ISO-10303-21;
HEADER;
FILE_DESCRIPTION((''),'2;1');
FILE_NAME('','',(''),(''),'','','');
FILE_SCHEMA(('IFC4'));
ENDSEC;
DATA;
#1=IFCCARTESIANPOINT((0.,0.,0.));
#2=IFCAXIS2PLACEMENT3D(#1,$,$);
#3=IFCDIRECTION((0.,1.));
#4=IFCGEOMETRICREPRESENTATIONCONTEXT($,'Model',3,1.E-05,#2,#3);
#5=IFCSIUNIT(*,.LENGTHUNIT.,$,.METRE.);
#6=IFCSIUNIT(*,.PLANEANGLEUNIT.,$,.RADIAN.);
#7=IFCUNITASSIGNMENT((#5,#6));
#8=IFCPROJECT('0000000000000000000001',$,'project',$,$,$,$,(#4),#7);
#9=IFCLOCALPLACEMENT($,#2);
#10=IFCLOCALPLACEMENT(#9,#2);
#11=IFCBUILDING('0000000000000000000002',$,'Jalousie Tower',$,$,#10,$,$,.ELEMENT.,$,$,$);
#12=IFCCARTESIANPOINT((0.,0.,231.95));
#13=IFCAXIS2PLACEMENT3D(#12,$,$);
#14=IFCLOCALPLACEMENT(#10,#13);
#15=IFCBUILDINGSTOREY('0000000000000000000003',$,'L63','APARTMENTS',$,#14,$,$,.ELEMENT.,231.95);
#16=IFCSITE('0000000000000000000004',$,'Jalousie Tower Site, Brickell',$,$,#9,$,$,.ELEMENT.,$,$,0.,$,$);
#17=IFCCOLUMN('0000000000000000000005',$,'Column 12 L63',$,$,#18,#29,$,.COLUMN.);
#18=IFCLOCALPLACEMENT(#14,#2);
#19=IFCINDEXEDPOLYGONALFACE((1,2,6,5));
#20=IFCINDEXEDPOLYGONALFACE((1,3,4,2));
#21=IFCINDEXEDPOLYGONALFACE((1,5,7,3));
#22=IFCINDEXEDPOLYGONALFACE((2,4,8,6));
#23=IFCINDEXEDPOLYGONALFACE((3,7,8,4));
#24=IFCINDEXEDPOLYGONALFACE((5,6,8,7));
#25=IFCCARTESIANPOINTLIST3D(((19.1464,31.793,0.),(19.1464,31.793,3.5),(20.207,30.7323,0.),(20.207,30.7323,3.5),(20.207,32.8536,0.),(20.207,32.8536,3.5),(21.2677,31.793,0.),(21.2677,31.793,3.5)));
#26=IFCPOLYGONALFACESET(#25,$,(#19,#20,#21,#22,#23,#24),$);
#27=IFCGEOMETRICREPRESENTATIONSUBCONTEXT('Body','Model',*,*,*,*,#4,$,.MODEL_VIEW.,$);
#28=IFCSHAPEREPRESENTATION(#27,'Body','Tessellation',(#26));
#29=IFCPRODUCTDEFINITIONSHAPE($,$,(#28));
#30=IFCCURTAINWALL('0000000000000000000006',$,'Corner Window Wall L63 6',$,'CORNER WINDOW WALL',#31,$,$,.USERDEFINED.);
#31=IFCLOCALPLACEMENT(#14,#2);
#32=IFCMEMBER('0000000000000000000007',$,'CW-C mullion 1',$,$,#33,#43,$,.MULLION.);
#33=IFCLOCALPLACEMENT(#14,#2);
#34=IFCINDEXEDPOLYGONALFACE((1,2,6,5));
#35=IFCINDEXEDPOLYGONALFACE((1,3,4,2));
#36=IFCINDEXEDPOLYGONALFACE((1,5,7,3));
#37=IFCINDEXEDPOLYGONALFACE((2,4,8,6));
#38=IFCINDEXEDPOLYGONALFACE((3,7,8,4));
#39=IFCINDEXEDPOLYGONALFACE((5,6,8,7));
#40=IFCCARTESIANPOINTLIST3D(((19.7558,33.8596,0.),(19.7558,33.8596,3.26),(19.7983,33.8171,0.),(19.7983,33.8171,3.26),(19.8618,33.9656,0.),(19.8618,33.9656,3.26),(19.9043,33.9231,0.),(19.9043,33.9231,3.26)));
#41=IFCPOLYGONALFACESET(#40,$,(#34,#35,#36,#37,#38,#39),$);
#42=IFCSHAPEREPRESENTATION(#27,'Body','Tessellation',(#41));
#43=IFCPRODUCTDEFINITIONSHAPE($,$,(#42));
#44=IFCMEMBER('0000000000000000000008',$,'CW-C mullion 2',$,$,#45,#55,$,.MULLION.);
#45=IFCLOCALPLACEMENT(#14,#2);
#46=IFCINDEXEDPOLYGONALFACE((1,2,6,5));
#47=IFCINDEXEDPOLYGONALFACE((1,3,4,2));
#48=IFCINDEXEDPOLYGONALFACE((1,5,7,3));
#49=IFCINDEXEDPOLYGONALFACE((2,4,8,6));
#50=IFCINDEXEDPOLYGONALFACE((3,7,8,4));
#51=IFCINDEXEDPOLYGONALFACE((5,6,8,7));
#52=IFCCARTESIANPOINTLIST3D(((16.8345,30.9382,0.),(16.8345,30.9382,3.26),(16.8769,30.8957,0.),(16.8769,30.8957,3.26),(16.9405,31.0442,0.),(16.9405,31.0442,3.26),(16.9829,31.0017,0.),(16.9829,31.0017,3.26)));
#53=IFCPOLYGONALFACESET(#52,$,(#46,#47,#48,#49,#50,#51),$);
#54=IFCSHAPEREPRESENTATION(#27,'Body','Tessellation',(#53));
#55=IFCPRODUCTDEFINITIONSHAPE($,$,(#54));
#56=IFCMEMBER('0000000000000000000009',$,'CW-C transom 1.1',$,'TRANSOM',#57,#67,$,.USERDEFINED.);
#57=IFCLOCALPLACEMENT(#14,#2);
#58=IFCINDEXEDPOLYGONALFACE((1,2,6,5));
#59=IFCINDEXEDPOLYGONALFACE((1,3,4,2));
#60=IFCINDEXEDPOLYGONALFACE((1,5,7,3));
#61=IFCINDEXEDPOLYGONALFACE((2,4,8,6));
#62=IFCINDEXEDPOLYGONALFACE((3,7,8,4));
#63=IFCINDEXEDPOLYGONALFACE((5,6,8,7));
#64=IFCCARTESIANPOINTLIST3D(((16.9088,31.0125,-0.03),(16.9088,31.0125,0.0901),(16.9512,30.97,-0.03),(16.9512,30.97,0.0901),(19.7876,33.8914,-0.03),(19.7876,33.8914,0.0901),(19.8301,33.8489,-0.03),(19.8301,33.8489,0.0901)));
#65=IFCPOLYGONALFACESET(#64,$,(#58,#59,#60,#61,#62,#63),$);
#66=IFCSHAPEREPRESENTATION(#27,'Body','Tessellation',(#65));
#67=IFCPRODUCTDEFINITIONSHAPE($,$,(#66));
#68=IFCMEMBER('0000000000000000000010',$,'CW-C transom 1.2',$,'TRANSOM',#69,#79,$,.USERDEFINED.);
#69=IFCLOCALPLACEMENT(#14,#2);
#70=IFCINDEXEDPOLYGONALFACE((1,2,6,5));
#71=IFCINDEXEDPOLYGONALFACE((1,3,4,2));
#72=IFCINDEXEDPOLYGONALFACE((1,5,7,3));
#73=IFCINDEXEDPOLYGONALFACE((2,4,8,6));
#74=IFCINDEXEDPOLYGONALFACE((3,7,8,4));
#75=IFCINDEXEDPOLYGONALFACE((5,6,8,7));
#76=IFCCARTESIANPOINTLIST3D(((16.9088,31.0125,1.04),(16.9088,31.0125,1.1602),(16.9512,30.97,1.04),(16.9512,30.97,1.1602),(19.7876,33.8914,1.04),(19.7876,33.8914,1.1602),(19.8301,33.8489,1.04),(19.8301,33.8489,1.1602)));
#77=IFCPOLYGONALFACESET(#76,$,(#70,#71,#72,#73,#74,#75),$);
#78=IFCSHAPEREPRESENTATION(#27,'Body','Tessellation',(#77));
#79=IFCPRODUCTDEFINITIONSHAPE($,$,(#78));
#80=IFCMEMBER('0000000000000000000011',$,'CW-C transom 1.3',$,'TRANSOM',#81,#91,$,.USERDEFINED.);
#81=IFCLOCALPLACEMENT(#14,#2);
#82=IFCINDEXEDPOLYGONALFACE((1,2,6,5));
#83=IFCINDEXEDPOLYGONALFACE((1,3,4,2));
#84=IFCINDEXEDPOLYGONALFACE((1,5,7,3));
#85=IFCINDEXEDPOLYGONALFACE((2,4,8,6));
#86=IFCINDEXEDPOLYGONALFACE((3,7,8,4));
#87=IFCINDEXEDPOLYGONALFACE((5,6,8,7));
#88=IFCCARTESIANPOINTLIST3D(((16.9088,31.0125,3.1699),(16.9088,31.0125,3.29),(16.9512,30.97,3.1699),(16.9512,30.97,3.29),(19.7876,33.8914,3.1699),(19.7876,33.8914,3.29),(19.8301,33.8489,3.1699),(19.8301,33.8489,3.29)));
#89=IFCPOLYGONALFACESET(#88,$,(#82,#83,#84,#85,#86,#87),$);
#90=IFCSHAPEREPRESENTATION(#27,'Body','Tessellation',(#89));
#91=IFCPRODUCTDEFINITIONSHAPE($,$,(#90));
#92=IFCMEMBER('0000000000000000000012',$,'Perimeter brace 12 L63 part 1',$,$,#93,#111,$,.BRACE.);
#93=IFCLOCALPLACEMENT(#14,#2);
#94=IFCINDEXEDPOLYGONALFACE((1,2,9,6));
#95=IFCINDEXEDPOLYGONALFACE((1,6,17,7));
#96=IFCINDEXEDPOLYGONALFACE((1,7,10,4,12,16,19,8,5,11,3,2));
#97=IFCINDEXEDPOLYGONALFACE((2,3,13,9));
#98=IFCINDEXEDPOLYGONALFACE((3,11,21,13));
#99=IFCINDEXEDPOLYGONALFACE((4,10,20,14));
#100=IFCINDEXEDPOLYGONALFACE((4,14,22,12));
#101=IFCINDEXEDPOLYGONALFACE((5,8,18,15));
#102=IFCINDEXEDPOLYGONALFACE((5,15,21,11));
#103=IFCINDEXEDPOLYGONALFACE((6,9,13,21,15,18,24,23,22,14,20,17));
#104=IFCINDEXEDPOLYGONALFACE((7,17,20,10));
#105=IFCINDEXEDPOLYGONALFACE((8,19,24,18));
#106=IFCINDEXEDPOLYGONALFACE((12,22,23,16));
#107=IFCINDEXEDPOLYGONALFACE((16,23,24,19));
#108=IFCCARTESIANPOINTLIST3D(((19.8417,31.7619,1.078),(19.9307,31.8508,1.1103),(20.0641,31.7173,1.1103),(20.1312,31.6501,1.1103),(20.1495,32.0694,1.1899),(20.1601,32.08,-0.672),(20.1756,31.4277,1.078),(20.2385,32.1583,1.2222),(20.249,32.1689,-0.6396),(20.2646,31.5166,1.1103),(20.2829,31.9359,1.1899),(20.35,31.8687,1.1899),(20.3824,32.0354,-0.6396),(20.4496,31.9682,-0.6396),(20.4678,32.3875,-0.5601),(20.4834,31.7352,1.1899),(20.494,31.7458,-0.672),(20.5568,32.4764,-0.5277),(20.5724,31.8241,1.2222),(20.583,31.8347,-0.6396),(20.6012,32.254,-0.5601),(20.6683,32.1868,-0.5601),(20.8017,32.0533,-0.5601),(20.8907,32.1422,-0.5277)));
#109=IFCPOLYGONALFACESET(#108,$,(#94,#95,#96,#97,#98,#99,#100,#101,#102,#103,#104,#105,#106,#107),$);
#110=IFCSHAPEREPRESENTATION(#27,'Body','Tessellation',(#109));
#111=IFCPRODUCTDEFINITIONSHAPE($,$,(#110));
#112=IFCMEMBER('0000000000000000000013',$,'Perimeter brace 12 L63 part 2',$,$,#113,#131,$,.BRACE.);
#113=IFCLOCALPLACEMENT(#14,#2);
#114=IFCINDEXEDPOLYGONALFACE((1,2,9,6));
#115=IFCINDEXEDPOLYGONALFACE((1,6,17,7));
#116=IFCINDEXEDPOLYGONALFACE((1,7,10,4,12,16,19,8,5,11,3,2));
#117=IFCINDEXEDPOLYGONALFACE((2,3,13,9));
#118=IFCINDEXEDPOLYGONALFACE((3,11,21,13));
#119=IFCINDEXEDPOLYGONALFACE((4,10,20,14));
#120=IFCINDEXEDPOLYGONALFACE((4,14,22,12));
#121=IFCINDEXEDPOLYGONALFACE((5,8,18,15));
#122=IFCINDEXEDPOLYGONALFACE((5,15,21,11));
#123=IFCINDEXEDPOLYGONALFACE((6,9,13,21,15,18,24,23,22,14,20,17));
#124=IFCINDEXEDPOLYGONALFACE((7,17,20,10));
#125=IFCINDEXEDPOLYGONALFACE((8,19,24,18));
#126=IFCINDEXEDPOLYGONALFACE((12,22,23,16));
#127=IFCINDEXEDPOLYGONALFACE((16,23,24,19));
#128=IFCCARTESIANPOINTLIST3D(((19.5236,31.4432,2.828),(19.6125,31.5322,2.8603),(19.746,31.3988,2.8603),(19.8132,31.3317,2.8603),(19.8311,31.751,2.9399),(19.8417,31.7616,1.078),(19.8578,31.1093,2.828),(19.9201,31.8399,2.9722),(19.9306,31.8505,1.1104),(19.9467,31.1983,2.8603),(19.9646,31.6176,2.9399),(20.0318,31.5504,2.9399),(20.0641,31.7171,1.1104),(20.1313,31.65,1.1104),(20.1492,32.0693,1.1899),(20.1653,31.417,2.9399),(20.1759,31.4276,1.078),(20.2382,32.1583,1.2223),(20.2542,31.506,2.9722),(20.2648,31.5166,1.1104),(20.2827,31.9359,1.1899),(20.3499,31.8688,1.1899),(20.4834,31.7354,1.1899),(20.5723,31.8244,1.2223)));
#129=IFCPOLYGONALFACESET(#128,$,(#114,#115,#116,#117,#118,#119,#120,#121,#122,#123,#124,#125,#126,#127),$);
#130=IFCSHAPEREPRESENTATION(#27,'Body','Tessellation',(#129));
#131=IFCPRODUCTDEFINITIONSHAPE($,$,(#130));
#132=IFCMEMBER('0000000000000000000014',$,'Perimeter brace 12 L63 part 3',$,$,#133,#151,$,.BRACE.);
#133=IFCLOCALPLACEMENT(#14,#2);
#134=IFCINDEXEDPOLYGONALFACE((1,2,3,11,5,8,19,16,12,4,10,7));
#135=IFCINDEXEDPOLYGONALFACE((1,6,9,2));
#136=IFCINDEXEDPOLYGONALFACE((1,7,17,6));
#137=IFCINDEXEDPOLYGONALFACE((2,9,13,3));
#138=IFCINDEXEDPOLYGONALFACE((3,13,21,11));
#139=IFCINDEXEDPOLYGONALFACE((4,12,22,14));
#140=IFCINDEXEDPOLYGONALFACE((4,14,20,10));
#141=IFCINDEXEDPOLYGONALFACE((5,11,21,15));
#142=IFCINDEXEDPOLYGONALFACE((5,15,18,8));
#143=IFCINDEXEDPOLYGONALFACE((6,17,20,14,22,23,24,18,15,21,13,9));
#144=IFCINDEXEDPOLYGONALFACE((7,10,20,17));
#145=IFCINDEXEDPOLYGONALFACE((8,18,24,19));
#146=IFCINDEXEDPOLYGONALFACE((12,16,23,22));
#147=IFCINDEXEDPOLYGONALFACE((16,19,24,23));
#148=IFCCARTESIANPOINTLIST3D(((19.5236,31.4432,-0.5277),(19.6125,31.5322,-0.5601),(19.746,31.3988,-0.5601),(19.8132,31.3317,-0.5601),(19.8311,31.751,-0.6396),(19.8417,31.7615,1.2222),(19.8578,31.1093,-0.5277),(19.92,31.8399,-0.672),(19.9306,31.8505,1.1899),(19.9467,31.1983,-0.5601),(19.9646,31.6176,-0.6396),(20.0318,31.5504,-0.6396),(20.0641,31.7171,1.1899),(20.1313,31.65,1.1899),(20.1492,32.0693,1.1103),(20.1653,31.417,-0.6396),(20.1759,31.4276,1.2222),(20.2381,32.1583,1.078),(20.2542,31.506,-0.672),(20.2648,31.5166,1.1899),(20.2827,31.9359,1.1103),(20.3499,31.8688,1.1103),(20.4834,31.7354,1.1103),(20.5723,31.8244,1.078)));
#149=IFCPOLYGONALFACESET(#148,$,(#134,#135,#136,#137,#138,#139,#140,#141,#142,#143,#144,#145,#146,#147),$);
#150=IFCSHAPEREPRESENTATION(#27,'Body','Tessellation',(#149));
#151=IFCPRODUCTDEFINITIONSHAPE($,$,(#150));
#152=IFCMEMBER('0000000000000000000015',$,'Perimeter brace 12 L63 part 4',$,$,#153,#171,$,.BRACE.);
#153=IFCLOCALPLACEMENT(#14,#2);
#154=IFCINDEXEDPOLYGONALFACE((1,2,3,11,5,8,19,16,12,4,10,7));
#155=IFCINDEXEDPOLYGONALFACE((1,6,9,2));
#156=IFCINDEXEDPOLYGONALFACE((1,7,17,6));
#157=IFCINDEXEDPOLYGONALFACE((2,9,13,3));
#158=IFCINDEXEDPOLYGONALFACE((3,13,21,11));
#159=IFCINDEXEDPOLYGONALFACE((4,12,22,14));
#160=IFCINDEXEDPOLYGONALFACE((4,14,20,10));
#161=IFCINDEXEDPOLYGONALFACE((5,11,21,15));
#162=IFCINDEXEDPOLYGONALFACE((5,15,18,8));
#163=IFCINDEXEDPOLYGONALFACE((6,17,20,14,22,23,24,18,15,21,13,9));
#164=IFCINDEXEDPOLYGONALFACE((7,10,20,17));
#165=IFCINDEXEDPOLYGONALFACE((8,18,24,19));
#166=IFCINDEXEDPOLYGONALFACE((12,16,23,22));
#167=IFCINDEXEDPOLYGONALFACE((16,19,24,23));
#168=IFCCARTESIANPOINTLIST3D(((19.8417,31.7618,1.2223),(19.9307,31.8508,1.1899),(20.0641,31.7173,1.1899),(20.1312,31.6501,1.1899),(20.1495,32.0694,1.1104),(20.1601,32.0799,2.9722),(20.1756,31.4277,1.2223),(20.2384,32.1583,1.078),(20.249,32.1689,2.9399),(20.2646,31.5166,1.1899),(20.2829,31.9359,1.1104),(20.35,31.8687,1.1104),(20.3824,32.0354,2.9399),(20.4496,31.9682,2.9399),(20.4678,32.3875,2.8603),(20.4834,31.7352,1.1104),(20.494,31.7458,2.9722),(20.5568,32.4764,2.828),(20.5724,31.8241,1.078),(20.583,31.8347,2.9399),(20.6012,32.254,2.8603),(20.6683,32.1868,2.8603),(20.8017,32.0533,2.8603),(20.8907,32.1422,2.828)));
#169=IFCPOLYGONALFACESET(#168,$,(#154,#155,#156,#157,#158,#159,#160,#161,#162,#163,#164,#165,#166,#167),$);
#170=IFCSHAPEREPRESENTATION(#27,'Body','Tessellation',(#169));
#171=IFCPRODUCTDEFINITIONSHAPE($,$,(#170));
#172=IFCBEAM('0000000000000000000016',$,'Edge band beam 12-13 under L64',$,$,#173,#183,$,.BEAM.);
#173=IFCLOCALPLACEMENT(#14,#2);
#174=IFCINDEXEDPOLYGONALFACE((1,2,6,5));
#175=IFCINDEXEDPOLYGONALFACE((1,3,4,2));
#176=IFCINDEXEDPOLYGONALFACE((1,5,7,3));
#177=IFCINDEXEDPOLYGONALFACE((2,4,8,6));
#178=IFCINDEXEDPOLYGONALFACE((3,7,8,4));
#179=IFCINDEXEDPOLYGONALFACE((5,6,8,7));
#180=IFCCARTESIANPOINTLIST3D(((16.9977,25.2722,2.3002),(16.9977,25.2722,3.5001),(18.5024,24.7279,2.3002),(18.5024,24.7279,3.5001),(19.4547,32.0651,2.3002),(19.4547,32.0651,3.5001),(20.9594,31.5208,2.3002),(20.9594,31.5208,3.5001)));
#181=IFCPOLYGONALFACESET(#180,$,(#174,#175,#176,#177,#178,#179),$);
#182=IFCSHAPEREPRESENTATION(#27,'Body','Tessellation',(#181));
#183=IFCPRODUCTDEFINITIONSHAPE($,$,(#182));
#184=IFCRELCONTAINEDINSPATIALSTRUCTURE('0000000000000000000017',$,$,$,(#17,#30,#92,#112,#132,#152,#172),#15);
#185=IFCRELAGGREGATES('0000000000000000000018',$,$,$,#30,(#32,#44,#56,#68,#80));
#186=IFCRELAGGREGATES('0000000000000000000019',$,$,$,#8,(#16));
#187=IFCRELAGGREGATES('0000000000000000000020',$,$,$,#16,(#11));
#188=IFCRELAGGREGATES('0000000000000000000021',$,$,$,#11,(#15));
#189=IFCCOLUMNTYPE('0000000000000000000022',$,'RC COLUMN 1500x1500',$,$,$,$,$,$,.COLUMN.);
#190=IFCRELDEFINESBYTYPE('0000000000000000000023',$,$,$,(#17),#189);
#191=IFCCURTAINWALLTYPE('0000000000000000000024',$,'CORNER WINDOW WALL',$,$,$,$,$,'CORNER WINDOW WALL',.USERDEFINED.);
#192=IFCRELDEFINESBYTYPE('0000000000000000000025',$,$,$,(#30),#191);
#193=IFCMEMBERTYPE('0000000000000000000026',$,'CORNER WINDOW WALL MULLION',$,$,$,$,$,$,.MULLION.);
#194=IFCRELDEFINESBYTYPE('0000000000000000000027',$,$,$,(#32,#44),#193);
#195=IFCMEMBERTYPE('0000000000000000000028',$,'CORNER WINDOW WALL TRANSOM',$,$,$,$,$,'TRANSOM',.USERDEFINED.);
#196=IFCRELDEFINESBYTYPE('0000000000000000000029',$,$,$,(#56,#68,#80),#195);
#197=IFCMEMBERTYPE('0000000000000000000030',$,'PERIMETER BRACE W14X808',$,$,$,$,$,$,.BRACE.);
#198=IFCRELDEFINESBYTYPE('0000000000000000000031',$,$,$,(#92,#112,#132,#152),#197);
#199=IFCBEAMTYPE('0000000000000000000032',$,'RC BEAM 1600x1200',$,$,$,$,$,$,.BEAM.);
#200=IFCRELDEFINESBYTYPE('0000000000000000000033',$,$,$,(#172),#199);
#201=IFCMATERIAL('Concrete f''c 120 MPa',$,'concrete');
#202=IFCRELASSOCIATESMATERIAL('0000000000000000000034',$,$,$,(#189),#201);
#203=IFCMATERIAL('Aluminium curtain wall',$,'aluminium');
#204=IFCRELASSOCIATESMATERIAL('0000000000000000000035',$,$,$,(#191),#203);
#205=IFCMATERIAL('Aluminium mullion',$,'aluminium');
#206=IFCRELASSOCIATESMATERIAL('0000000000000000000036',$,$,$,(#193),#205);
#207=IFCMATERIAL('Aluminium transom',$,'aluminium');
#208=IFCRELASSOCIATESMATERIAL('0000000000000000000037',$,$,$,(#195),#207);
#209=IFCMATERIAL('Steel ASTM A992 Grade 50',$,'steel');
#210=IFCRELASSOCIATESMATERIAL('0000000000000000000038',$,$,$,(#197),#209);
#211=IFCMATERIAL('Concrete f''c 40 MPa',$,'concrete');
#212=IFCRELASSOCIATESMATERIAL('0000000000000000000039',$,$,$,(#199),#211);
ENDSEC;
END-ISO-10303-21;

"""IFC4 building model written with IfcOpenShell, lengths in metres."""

from ifc_helpers import new_model, si_unit, direction, frame, origin, origin_2d, place, context, subcontext, project, spatial, rectangle, i_section, extrude, material, material_profile, profile_set, type_object, element, aggregate, save


model = new_model("IFC4")

# Units and contexts
model_context = context("Model", 3, precision=1e-05, world=origin(), true_north=direction((0.0, 1.0)))
body_context = subcontext(model_context, "Body", "Model", "MODEL_VIEW")
ifc_project = project(units=[si_unit("LENGTHUNIT", "METRE"), si_unit("PLANEANGLEUNIT", "RADIAN")], contexts=[model_context])

# Site, building, storey
site_placement = place(None, origin())
site = spatial("IfcSite", under=ifc_project, at=site_placement, Name="Jalousie Tower Site, Brickell", CompositionType="ELEMENT", RefElevation=0.0)
building_placement = place(site_placement, origin())
building = spatial("IfcBuilding", under=site, at=building_placement, Name="Jalousie Tower", CompositionType="ELEMENT")
storey_placement = place(building_placement, frame((0.0, 0.0, 231.95)))
storey = spatial("IfcBuildingStorey", under=building, at=storey_placement, Name="L63", Description="APARTMENTS", CompositionType="ELEMENT", Elevation=231.95)

# Column
ifc_material_1 = material(Name="Concrete f'c 120 MPa", Category="concrete")
ifc_material_profile_1 = material_profile(ifc_material_1, rectangle(XDim=1.5, YDim=1.5, at=origin_2d()), Name="RC 1500x1500")
ifc_profile_set_1 = profile_set([ifc_material_profile_1], Name="Concrete f'c 120 MPa")
column_type = type_object("IfcColumnType", Name="RC COLUMN 1500x1500", PredefinedType="COLUMN", material=ifc_profile_set_1)
column_placement = place(storey_placement, frame((20.207, 31.793, 0.0), z_axis=(0.0, 0.0, 1.0), x_axis=(0.707107, 0.707107, 0.0)))
element("IfcColumn", 1, at=column_placement, inside=storey, type_object=column_type, Name="Column 12 L63", PredefinedType="COLUMN", context=body_context, shape_type="SweptSolid", body=[
    extrude(rectangle(XDim=1.5, YDim=1.5, at=origin_2d()), origin(), (0.0, 0.0, 1.0), 3.5),
])

# Curtain wall, members
ifc_material_2 = material(Name="Aluminium curtain wall", Category="aluminium")
curtain_wall_type_1 = type_object("IfcCurtainWallType", Name="CORNER WINDOW WALL", ElementType="CORNER WINDOW WALL", PredefinedType="USERDEFINED", material=ifc_material_2)
curtain_wall_1_placement = place(storey_placement, origin())
curtain_wall_1 = element("IfcCurtainWall", 2, at=curtain_wall_1_placement, inside=storey, type_object=curtain_wall_type_1, Name="Corner Window Wall L63 6", ObjectType="CORNER WINDOW WALL", PredefinedType="USERDEFINED")
ifc_material_3 = material(Name="Aluminium mullion", Category="aluminium")
ifc_material_profile_2 = material_profile(ifc_material_3, rectangle(XDim=0.0601, YDim=0.1499, at=origin_2d()), Name="MULLION 60x150")
ifc_profile_set_2 = profile_set([ifc_material_profile_2], Name="Aluminium mullion")
member_type_1 = type_object("IfcMemberType", Name="CORNER WINDOW WALL MULLION", PredefinedType="MULLION", material=ifc_profile_set_2)
member_1_placement = place(storey_placement, frame((19.8301, 33.8914, 0.0), z_axis=(0.0, 0.0, 1.0), x_axis=(0.707107, -0.707107, 0.0)))
member_1 = element("IfcMember", 3, at=member_1_placement, type_object=member_type_1, Name="CW-C mullion 1", PredefinedType="MULLION", context=body_context, shape_type="SweptSolid", body=[
    extrude(rectangle(XDim=0.0601, YDim=0.1499, at=origin_2d()), origin(), (0.0, 0.0, 1.0), 3.26),
])
member_2_placement = place(storey_placement, frame((16.9087, 30.97, 0.0), z_axis=(0.0, 0.0, 1.0), x_axis=(0.707107, -0.707107, 0.0)))
member_2 = element("IfcMember", 4, at=member_2_placement, type_object=member_type_1, Name="CW-C mullion 2", PredefinedType="MULLION", context=body_context, shape_type="SweptSolid", body=[
    extrude(rectangle(XDim=0.0601, YDim=0.1499, at=origin_2d()), origin(), (0.0, 0.0, 1.0), 3.26),
])
ifc_material_4 = material(Name="Aluminium transom", Category="aluminium")
ifc_material_profile_3 = material_profile(ifc_material_4, rectangle(XDim=0.0601, YDim=0.1201, at=origin_2d()), Name="TRANSOM 60x120")
ifc_profile_set_3 = profile_set([ifc_material_profile_3], Name="Aluminium transom")
member_type_2 = type_object("IfcMemberType", Name="CORNER WINDOW WALL TRANSOM", ElementType="TRANSOM", PredefinedType="USERDEFINED", material=ifc_profile_set_3)
member_3_placement = place(storey_placement, frame((19.8088, 33.8701, 0.03), z_axis=(-0.707107, -0.707107, 0.0), x_axis=(0.707107, -0.707107, 0.0)))
member_3 = element("IfcMember", 5, at=member_3_placement, type_object=member_type_2, Name="CW-C transom 1.1", ObjectType="TRANSOM", PredefinedType="USERDEFINED", context=body_context, shape_type="SweptSolid", body=[
    extrude(rectangle(XDim=0.0601, YDim=0.1201, at=origin_2d()), origin(), (0.0, 0.0, 1.0), 4.0713),
])
member_4_placement = place(storey_placement, frame((19.8088, 33.8701, 1.1001), z_axis=(-0.707107, -0.707107, 0.0), x_axis=(0.707107, -0.707107, 0.0)))
member_4 = element("IfcMember", 6, at=member_4_placement, type_object=member_type_2, Name="CW-C transom 1.2", ObjectType="TRANSOM", PredefinedType="USERDEFINED", context=body_context, shape_type="SweptSolid", body=[
    extrude(rectangle(XDim=0.0601, YDim=0.1201, at=origin_2d()), origin(), (0.0, 0.0, 1.0), 4.0713),
])
member_5_placement = place(storey_placement, frame((19.8088, 33.8701, 3.23), z_axis=(-0.707107, -0.707107, 0.0), x_axis=(0.707107, -0.707107, 0.0)))
member_5 = element("IfcMember", 7, at=member_5_placement, type_object=member_type_2, Name="CW-C transom 1.3", ObjectType="TRANSOM", PredefinedType="USERDEFINED", context=body_context, shape_type="SweptSolid", body=[
    extrude(rectangle(XDim=0.0601, YDim=0.1201, at=origin_2d()), origin(), (0.0, 0.0, 1.0), 4.0713),
])

# Members
ifc_material_5 = material(Name="Steel ASTM A992 Grade 50", Category="steel")
ifc_material_profile_4 = material_profile(ifc_material_5, i_section(OverallWidth=0.4724, OverallDepth=0.5791, WebThickness=0.095, FlangeThickness=0.1299, at=origin_2d()), Name="W14X808")
ifc_profile_set_4 = profile_set([ifc_material_profile_4], Name="Steel ASTM A992 Grade 50")
member_type_3 = type_object("IfcMemberType", Name="PERIMETER BRACE W14X808", PredefinedType="BRACE", material=ifc_profile_set_4)
for number, where, z_axis, x_axis, name in (
    (8, (20.5254, 32.1111, -0.5999), (-0.176187, -0.176051, 0.968486), (0.706835, -0.707378, 0.0), "Perimeter brace 12 L63 part 1"),
    (9, (20.207, 31.793, 1.1501), (-0.176051, -0.176187, 0.968486), (0.707378, -0.706835, 0.0), "Perimeter brace 12 L63 part 2"),
    (10, (19.8889, 31.4746, -0.5999), (0.176051, 0.176187, 0.968486), (-0.707378, 0.706835, 0.0), "Perimeter brace 12 L63 part 3"),
    (11, (20.207, 31.793, 1.1501), (0.176187, 0.176051, 0.968486), (-0.706835, 0.707378, 0.0), "Perimeter brace 12 L63 part 4"),
):
    element("IfcMember", number, at=place(storey_placement, frame(where, z_axis=z_axis, x_axis=x_axis)), inside=storey, type_object=member_type_3, Name=name, PredefinedType="BRACE", context=body_context, shape_type="SweptSolid", body=[
        extrude(i_section(OverallWidth=0.4724, OverallDepth=0.5791, WebThickness=0.095, FlangeThickness=0.1299, at=origin_2d()), origin(), (0.0, 0.0, 1.0), 1.8069),
    ])

# Beam
ifc_material_6 = material(Name="Concrete f'c 40 MPa", Category="concrete")
ifc_material_profile_5 = material_profile(ifc_material_6, rectangle(XDim=1.6001, YDim=1.2, at=origin_2d()), Name="RC 1600x1200")
ifc_profile_set_5 = profile_set([ifc_material_profile_5], Name="Concrete f'c 40 MPa")
beam_type = type_object("IfcBeamType", Name="RC BEAM 1600x1200", PredefinedType="BEAM", material=ifc_profile_set_5)
beam_placement = place(storey_placement, frame((20.207, 31.793, 2.9001), z_axis=(-0.340136, -0.940376, 0.0), x_axis=(0.940376, -0.340136, 0.0)))
element("IfcBeam", 12, at=beam_placement, inside=storey, type_object=beam_type, Name="Edge band beam 12-13 under L64", PredefinedType="BEAM", context=body_context, shape_type="SweptSolid", body=[
    extrude(rectangle(XDim=1.6001, YDim=1.2, at=origin_2d()), origin(), (0.0, 0.0, 1.0), 7.2236),
])

aggregate(curtain_wall_1, [member_1, member_2, member_3, member_4, member_5])

save(model, "model.ifc")
